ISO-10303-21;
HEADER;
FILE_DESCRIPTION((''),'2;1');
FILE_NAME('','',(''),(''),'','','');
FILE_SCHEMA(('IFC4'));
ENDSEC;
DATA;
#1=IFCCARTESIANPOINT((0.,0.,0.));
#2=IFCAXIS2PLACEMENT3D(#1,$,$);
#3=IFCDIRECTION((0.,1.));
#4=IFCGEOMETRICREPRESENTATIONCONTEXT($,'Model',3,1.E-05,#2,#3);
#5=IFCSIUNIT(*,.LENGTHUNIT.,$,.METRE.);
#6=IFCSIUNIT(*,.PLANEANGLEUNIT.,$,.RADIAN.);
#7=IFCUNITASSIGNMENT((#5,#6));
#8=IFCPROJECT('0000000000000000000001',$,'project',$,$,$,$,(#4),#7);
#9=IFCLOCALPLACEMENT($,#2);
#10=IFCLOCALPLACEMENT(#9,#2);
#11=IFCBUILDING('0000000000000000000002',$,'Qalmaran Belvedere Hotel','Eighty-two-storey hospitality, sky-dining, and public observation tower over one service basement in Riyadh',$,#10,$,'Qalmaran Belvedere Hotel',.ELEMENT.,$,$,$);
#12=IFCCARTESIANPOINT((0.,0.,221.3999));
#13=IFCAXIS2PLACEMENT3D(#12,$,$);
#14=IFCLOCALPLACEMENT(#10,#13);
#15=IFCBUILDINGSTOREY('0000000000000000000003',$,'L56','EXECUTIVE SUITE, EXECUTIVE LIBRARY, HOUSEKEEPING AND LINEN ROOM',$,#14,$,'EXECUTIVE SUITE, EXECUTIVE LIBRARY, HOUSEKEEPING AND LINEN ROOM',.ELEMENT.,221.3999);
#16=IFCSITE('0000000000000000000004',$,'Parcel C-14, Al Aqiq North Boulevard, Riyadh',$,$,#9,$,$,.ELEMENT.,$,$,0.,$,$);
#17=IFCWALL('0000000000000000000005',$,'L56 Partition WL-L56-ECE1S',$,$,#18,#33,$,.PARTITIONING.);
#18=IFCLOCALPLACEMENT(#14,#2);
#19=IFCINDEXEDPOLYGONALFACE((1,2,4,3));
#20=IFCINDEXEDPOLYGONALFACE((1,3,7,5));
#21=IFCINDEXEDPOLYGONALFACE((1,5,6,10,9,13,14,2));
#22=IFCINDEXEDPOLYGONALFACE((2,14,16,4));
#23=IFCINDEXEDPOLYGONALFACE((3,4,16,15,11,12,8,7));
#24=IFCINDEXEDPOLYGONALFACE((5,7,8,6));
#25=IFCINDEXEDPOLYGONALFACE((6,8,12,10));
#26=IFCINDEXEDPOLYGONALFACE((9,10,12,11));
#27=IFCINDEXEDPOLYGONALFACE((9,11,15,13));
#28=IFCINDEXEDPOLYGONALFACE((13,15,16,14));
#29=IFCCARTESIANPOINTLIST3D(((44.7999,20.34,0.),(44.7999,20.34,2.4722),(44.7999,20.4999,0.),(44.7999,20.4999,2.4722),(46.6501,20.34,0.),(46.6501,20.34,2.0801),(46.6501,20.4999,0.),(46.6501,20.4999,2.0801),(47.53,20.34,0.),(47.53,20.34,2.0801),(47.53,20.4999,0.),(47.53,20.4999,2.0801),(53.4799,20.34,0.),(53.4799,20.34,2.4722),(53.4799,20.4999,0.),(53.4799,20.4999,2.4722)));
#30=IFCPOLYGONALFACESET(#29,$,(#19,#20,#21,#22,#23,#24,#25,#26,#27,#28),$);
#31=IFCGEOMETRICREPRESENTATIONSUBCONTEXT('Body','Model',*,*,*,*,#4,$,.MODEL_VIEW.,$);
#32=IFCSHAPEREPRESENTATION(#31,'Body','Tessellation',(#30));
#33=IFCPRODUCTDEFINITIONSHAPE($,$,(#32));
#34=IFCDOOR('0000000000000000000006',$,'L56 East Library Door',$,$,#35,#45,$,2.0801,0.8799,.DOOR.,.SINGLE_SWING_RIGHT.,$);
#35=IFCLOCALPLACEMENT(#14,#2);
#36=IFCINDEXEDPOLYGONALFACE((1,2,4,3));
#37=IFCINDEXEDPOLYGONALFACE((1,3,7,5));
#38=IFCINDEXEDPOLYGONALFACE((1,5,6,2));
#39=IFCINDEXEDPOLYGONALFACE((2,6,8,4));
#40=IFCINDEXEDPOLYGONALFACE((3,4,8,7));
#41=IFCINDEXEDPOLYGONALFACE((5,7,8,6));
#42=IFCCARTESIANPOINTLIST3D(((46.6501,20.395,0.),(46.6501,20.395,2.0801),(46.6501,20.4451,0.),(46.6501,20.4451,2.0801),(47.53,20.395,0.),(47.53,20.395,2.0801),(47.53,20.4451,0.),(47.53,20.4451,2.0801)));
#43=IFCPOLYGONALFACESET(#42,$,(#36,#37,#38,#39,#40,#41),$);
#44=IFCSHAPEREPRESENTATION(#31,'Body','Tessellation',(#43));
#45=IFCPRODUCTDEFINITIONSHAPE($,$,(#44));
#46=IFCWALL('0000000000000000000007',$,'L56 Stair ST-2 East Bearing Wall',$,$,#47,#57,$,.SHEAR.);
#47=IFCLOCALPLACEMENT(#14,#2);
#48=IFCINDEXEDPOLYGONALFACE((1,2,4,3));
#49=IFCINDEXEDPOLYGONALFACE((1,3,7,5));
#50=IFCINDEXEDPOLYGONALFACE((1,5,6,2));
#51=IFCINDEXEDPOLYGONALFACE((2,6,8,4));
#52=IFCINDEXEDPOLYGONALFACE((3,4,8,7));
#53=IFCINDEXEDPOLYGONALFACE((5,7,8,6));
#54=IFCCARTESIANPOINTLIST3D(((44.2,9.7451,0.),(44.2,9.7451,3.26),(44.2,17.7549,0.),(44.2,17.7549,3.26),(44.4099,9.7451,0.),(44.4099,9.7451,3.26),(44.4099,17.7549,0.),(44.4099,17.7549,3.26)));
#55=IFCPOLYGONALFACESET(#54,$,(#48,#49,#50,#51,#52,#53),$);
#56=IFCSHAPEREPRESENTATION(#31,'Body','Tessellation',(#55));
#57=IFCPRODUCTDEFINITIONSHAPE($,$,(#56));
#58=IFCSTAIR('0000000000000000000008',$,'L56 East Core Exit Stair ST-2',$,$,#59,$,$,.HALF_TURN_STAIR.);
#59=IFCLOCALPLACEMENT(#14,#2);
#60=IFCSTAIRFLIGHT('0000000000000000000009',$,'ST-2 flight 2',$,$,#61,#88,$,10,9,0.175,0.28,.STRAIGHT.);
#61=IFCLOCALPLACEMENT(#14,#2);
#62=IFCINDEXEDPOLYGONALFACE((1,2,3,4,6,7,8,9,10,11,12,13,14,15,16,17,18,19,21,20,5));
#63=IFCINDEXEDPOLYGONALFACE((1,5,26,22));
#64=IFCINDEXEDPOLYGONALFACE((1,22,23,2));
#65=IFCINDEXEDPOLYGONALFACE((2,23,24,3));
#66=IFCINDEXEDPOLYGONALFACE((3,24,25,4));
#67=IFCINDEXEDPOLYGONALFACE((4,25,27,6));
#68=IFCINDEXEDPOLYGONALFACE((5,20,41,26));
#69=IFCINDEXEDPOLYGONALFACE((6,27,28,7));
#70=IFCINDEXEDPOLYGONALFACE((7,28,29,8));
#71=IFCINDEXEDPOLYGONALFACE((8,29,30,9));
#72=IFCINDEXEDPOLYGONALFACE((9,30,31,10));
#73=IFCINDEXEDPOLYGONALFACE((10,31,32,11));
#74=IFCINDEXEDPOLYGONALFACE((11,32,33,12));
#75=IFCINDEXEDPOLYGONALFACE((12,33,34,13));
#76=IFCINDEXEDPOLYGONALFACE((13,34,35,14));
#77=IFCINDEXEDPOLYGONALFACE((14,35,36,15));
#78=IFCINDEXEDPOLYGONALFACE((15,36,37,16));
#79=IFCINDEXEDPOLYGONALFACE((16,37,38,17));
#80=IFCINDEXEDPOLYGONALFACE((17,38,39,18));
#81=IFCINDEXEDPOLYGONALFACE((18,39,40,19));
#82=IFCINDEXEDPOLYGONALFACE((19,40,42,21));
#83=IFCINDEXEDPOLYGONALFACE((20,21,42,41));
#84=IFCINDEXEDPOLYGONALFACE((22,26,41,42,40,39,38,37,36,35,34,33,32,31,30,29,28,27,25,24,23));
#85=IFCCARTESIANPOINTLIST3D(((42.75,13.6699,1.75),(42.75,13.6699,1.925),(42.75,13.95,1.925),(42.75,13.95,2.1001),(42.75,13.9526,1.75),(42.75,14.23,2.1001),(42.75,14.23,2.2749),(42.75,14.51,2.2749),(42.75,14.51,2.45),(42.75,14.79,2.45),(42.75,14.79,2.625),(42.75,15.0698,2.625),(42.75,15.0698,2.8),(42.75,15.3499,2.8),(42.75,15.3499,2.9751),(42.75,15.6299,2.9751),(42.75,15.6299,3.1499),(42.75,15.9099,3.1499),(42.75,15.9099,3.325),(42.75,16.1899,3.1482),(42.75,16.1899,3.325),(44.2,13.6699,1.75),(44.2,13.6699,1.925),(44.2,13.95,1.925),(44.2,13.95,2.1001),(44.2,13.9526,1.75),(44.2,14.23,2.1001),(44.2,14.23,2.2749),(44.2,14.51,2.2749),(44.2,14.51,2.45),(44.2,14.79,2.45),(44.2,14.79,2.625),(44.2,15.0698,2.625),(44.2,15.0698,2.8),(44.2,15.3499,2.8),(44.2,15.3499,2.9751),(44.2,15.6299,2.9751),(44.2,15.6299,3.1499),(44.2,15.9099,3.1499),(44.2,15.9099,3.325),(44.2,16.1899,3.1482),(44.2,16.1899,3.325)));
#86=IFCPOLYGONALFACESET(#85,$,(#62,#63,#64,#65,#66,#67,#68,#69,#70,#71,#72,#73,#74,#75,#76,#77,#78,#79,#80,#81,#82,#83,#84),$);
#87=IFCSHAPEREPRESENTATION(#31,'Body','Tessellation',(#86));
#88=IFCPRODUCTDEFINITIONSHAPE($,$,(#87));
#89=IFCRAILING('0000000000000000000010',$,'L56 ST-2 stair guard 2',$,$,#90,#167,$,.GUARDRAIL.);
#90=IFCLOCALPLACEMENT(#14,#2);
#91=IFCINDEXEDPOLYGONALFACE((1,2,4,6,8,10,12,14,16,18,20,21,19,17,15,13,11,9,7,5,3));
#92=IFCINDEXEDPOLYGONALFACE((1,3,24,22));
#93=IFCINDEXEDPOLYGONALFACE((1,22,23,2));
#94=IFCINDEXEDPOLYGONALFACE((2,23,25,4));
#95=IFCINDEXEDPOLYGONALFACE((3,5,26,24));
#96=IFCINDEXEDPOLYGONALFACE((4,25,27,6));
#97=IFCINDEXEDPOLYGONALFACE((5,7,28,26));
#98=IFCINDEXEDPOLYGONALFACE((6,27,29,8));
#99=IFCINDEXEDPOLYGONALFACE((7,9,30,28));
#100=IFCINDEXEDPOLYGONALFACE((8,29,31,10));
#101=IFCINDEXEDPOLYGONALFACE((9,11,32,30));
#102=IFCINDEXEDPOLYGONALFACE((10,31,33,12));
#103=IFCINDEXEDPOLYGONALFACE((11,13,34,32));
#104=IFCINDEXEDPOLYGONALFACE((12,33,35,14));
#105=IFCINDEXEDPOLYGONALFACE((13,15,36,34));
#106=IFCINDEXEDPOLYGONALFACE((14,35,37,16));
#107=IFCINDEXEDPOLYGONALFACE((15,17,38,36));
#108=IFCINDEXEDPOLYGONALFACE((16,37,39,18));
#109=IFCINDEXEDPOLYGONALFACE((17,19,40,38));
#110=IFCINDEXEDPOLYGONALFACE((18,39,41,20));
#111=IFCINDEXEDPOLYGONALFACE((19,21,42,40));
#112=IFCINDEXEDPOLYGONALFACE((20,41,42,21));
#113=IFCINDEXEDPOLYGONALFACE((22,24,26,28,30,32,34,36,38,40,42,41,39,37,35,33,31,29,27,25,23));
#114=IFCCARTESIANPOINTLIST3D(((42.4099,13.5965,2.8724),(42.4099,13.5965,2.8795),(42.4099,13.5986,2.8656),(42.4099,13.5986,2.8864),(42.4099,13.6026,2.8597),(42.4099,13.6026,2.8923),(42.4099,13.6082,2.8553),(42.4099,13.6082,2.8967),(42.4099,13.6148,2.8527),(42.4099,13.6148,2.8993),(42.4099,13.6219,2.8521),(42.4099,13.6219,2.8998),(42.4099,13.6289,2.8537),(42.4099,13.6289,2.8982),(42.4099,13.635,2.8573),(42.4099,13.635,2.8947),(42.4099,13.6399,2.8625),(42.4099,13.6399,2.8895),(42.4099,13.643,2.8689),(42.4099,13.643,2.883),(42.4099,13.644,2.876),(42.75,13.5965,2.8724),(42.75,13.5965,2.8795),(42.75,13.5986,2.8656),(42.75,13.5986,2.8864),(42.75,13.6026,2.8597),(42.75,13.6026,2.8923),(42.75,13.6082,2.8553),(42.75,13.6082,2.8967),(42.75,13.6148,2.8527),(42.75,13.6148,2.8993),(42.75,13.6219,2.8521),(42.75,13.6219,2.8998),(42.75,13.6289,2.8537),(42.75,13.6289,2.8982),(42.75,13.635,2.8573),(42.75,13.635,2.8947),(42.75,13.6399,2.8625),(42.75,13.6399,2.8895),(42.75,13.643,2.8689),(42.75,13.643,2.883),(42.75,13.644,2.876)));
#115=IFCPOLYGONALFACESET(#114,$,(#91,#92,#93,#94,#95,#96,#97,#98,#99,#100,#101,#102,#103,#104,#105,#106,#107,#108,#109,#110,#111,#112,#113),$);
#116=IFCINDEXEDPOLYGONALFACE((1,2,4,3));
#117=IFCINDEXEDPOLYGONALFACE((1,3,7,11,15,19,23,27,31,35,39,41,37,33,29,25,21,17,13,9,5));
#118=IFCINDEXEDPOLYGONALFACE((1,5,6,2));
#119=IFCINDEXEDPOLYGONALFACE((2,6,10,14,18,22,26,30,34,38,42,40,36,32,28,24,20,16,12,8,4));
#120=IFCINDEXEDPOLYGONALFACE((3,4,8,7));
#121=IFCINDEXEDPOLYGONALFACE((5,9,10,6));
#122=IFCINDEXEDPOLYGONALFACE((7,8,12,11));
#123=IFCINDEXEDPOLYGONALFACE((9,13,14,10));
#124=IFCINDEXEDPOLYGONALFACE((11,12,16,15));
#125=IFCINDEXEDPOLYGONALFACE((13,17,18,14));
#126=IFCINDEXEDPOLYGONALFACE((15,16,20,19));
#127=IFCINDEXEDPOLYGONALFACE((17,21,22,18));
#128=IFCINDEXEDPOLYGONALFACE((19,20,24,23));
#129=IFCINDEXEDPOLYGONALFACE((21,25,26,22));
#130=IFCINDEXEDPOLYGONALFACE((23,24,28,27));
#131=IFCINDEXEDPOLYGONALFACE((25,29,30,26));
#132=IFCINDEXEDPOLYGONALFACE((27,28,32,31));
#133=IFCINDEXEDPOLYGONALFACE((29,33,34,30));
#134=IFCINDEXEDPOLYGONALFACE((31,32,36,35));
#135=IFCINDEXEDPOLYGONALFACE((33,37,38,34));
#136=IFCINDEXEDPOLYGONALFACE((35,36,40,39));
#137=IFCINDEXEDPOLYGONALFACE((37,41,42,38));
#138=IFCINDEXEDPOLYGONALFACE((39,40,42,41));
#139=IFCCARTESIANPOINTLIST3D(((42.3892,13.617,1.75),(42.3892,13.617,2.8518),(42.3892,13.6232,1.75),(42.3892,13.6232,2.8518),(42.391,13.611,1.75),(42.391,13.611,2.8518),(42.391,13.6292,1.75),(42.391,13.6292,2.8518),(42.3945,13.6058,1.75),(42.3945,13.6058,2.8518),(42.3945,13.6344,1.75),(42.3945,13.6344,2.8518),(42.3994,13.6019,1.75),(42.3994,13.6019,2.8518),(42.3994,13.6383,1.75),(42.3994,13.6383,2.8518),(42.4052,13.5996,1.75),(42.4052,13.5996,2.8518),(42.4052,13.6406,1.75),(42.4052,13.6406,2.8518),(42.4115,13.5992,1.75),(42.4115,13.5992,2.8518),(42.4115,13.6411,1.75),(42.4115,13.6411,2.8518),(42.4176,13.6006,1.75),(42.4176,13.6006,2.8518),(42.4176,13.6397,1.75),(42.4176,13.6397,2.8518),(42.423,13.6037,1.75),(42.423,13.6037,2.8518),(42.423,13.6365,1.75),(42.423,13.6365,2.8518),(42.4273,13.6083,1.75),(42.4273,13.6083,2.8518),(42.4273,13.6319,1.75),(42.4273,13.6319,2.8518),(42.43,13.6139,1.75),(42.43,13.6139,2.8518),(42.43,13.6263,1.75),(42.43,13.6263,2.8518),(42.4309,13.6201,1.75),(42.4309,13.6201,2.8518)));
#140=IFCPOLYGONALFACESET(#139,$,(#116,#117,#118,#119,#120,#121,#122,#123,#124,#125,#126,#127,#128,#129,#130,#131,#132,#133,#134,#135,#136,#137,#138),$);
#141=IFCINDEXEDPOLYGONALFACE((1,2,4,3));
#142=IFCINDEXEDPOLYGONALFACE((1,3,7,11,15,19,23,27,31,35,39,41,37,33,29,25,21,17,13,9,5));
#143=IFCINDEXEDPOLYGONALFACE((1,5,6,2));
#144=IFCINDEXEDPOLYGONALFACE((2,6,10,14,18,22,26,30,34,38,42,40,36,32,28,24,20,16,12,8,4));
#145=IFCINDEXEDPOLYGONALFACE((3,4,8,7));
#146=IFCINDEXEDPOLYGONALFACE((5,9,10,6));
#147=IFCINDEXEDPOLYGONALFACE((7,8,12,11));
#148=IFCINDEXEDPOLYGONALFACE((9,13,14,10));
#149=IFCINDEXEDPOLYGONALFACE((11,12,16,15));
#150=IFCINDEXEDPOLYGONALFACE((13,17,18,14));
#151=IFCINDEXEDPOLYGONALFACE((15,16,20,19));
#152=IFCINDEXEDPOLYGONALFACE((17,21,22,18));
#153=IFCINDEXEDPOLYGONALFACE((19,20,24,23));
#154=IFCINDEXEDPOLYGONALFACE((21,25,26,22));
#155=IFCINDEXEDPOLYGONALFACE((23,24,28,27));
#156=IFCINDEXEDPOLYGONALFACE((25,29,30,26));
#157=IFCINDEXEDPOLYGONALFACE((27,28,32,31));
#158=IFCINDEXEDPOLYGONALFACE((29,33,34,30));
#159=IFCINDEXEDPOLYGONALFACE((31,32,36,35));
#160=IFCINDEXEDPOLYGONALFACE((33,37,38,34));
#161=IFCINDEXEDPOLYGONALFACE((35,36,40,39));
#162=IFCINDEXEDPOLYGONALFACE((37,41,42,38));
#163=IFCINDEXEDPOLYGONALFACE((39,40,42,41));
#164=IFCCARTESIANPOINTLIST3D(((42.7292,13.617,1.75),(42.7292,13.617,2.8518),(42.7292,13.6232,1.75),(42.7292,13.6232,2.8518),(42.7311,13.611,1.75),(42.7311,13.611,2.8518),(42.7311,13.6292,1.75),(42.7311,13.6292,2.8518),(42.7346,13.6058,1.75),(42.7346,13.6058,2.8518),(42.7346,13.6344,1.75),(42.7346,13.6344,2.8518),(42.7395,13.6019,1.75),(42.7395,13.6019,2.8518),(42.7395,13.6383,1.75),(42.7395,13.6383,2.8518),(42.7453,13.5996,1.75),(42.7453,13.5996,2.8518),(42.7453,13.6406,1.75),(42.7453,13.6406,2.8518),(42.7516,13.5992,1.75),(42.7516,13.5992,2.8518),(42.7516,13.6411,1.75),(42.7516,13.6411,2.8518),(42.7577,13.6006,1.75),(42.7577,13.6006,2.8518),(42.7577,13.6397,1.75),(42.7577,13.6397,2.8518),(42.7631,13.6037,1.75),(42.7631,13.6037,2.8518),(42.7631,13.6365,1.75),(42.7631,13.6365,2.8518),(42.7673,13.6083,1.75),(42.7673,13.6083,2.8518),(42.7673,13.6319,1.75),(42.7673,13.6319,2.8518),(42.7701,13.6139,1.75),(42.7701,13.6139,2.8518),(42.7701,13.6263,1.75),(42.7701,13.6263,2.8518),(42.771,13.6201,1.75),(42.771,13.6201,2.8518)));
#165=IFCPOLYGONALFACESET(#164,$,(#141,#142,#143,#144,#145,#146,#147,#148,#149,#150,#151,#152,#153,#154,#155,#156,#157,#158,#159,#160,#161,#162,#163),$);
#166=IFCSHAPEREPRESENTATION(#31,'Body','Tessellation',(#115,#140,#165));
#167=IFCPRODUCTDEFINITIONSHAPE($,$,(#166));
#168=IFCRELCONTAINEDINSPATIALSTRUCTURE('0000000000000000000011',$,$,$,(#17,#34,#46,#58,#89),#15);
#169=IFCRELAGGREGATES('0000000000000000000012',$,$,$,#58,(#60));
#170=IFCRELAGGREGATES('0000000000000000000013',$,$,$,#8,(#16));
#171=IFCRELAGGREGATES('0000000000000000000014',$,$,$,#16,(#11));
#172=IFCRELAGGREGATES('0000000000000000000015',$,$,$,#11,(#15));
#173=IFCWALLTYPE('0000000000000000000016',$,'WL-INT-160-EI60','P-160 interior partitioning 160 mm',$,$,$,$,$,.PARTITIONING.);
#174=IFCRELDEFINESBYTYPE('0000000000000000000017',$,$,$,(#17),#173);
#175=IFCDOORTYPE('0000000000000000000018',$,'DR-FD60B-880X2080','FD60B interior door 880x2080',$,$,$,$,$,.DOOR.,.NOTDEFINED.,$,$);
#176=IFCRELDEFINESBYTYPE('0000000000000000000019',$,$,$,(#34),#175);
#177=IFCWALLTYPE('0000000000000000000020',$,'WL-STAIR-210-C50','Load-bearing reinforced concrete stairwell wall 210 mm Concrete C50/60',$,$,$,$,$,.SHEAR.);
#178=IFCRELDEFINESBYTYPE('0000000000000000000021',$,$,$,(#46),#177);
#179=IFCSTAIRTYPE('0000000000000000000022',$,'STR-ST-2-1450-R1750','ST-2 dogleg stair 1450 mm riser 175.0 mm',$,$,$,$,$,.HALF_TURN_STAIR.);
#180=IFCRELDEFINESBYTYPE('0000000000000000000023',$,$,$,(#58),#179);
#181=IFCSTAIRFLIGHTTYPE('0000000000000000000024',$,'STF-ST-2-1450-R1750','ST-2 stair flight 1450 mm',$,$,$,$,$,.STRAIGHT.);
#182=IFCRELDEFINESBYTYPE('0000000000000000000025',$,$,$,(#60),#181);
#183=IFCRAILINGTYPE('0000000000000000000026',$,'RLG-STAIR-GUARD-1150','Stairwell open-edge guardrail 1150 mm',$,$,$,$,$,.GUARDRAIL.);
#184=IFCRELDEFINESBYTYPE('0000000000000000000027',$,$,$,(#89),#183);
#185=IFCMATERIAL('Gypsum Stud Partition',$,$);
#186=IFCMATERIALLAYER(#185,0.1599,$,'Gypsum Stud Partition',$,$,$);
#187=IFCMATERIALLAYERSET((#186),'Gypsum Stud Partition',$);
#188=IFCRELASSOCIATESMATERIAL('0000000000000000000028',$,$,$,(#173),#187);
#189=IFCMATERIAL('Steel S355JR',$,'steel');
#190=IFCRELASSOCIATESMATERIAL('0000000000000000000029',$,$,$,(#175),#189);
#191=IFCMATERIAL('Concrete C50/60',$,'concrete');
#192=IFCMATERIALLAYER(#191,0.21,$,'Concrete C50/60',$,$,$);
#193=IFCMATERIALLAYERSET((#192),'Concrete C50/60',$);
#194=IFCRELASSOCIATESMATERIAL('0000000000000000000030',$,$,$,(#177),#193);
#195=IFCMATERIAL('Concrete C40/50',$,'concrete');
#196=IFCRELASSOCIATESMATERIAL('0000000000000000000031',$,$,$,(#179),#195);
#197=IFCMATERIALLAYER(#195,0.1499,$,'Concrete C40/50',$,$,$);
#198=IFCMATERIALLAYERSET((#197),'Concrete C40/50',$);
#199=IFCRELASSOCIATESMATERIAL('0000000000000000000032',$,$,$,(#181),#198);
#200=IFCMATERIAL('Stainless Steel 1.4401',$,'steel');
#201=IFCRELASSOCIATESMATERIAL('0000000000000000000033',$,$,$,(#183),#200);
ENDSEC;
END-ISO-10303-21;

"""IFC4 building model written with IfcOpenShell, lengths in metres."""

from ifc_helpers import new_model, si_unit, direction, frame, frame_2d, origin, origin_2d, place, context, subcontext, project, spatial, polyline, rectangle, circle, outline, extrude, material, layer, layer_set, type_object, element, fill, aggregate, save


model = new_model("IFC4")

# Units and contexts
model_context = context("Model", 3, precision=1e-05, world=origin(), true_north=direction((0.0, 1.0)))
body_context = subcontext(model_context, "Body", "Model", "MODEL_VIEW")
ifc_project = project(units=[si_unit("LENGTHUNIT", "METRE"), si_unit("PLANEANGLEUNIT", "RADIAN")], contexts=[model_context])

# Site, building, storey
site_placement = place(None, origin())
site = spatial("IfcSite", under=ifc_project, at=site_placement, Name="Parcel C-14, Al Aqiq North Boulevard, Riyadh", CompositionType="ELEMENT", RefElevation=0.0)
building_placement = place(site_placement, origin())
building = spatial("IfcBuilding", under=site, at=building_placement, Name="Qalmaran Belvedere Hotel", Description="Eighty-two-storey hospitality, sky-dining, and public observation tower over one service basement in Riyadh", LongName="Qalmaran Belvedere Hotel", CompositionType="ELEMENT")
storey_placement = place(building_placement, frame((0.0, 0.0, 221.3999)))
storey = spatial("IfcBuildingStorey", under=building, at=storey_placement, Name="L56", Description="EXECUTIVE SUITE, EXECUTIVE LIBRARY, HOUSEKEEPING AND LINEN ROOM", LongName="EXECUTIVE SUITE, EXECUTIVE LIBRARY, HOUSEKEEPING AND LINEN ROOM", CompositionType="ELEMENT", Elevation=221.3999)

# Shared definitions
ifc_material_1 = material(Name="Concrete C50/60", Category="concrete")

# Shared definitions
ifc_material_2 = material(Name="Steel S355JR", Category="steel")

# Wall, opening, door
ifc_material_3 = material(Name="Gypsum Stud Partition")
ifc_layer_1 = layer(ifc_material_3, 0.1599, Name="Gypsum Stud Partition")
ifc_layer_set_1 = layer_set([ifc_layer_1], Name="Gypsum Stud Partition")
wall_type_1 = type_object("IfcWallType", Name="WL-INT-160-EI60", Description="P-160 interior partitioning 160 mm", PredefinedType="PARTITIONING", material=ifc_layer_set_1)
wall_1_placement = place(storey_placement, frame((44.8, 20.4199, 0.0), z_axis=(0.0, 0.0, 1.0), x_axis=(1.0, 0.0, 0.0)))
wall_1 = element("IfcWall", 1, at=wall_1_placement, inside=storey, type_object=wall_type_1, Name="L56 Partition WL-L56-ECE1S", PredefinedType="PARTITIONING", context=body_context, shape_type="SweptSolid", body=[
    extrude(rectangle(XDim=8.6799, YDim=0.1599, at=frame_2d((4.3398, 0.0))), origin(), (0.0, 0.0, 1.0), 2.4722),
])
opening_placement = place(wall_1_placement, frame((2.73, 0.0, 0.0), z_axis=(0.0, 0.0, 1.0), x_axis=(-1.0, 0.0, 0.0)))
opening = element("IfcOpeningElement", 2, at=opening_placement, cuts=wall_1, PredefinedType="OPENING", context=body_context, shape_type="SweptSolid", body=[
    extrude(rectangle(XDim=0.8799, YDim=2.0801, at=frame_2d((0.4399, 1.04))), frame((0.0, 0.0898, 0.0), z_axis=(0.0, -1.0, 0.0), x_axis=(1.0, 0.0, 0.0)), (0.0, 0.0, 1.0), 0.1799),
])
door_type = type_object("IfcDoorType", Name="DR-FD60B-880X2080", Description="FD60B interior door 880x2080", OperationType="NOTDEFINED", PredefinedType="DOOR", material=ifc_material_2)
door_placement = place(opening_placement, origin())
door = element("IfcDoor", 3, at=door_placement, inside=storey, type_object=door_type, Name="L56 East Library Door", OperationType="SINGLE_SWING_RIGHT", OverallHeight=2.0801, OverallWidth=0.8799, PredefinedType="DOOR", context=body_context, shape_type="SweptSolid", body=[
    extrude(rectangle(XDim=0.8799, YDim=2.0801, at=frame_2d((0.4399, 1.04))), frame((0.0, 0.0249, 0.0), z_axis=(0.0, -1.0, 0.0), x_axis=(1.0, 0.0, 0.0)), (0.0, 0.0, 1.0), 0.05),
])
fill(opening, door)

# Wall
ifc_layer_2 = layer(ifc_material_1, 0.21, Name="Concrete C50/60")
ifc_layer_set_2 = layer_set([ifc_layer_2], Name="Concrete C50/60")
wall_type_2 = type_object("IfcWallType", Name="WL-STAIR-210-C50", Description="Load-bearing reinforced concrete stairwell wall 210 mm Concrete C50/60", PredefinedType="SHEAR", material=ifc_layer_set_2)
wall_2_placement = place(storey_placement, frame((44.3049, 9.7451, 0.0), z_axis=(0.0, 0.0, 1.0), x_axis=(0.0, 1.0, 0.0)))
element("IfcWall", 4, at=wall_2_placement, inside=storey, type_object=wall_type_2, Name="L56 Stair ST-2 East Bearing Wall", PredefinedType="SHEAR", context=body_context, shape_type="SweptSolid", body=[
    extrude(rectangle(XDim=8.0098, YDim=0.21, at=frame_2d((4.0049, 0.0))), origin(), (0.0, 0.0, 1.0), 3.26),
])

# Stair, stair flight
ifc_material_4 = material(Name="Concrete C40/50", Category="concrete")
stair_type = type_object("IfcStairType", Name="STR-ST-2-1450-R1750", Description="ST-2 dogleg stair 1450 mm riser 175.0 mm", PredefinedType="HALF_TURN_STAIR", material=ifc_material_4)
stair_placement = place(storey_placement, origin())
stair = element("IfcStair", 5, at=stair_placement, inside=storey, type_object=stair_type, Name="L56 East Core Exit Stair ST-2", PredefinedType="HALF_TURN_STAIR")
ifc_layer_3 = layer(ifc_material_4, 0.1499, Name="Concrete C40/50")
ifc_layer_set_3 = layer_set([ifc_layer_3], Name="Concrete C40/50")
stair_flight_type = type_object("IfcStairFlightType", Name="STF-ST-2-1450-R1750", Description="ST-2 stair flight 1450 mm", PredefinedType="STRAIGHT", material=ifc_layer_set_3)
stair_flight_placement = place(storey_placement, frame((43.4751, 13.6699, 1.75), z_axis=(0.0, 0.0, 1.0), x_axis=(0.0, 1.0, 0.0)))
stair_flight = element("IfcStairFlight", 6, at=stair_flight_placement, type_object=stair_flight_type, Name="ST-2 flight 2", NumberOfRisers=10, NumberOfTreads=9, PredefinedType="STRAIGHT", RiserHeight=0.175, TreadLength=0.28, context=body_context, shape_type="SweptSolid", body=[
    extrude(outline(polyline([(0.0, 0.0), (0.0, 0.175), (0.28, 0.175), (0.28, 0.3501), (0.5601, 0.3501), (0.5601, 0.5249), (0.8401, 0.5249), (0.8401, 0.7), (1.1201, 0.7), (1.1201, 0.875), (1.3999, 0.875), (1.3999, 1.05), (1.6799, 1.05), (1.6799, 1.2251), (1.96, 1.2251), (1.96, 1.3999), (2.24, 1.3999), (2.24, 1.575), (2.52, 1.575), (2.52, 1.75), (2.52, 1.3982), (0.2827, 0.0), (0.0, 0.0)])), frame((0.0, 0.7251, 0.0), z_axis=(0.0, -1.0, 0.0), x_axis=(1.0, 0.0, 0.0)), (0.0, 0.0, 1.0), 1.45),
])
aggregate(stair, [stair_flight])

# Railing
ifc_material_5 = material(Name="Stainless Steel 1.4401", Category="steel")
railing_type_1 = type_object("IfcRailingType", Name="RLG-STAIR-GUARD-1150", Description="Stairwell open-edge guardrail 1150 mm", PredefinedType="GUARDRAIL", material=ifc_material_5)
railing_1_placement = place(storey_placement, frame((42.4099, 13.6201, 1.75)))
element("IfcRailing", 7, at=railing_1_placement, inside=storey, type_object=railing_type_1, Name="L56 ST-2 stair guard 2", PredefinedType="GUARDRAIL", context=body_context, shape_type="SweptSolid", body=[
    extrude(circle(Radius=0.0239, at=origin_2d()), frame((0.0, 0.0, 1.126), z_axis=(1.0, 0.0, 0.0), x_axis=(0.0, 1.0, 0.0)), (0.0, 0.0, 1.0), 0.3401),
    extrude(circle(Radius=0.021, at=origin_2d()), origin(), (0.0, 0.0, 1.0), 1.1018),
    extrude(circle(Radius=0.021, at=origin_2d()), frame((0.3401, 0.0, 0.0)), (0.0, 0.0, 1.0), 1.1018),
])

save(model, "model.ifc")
